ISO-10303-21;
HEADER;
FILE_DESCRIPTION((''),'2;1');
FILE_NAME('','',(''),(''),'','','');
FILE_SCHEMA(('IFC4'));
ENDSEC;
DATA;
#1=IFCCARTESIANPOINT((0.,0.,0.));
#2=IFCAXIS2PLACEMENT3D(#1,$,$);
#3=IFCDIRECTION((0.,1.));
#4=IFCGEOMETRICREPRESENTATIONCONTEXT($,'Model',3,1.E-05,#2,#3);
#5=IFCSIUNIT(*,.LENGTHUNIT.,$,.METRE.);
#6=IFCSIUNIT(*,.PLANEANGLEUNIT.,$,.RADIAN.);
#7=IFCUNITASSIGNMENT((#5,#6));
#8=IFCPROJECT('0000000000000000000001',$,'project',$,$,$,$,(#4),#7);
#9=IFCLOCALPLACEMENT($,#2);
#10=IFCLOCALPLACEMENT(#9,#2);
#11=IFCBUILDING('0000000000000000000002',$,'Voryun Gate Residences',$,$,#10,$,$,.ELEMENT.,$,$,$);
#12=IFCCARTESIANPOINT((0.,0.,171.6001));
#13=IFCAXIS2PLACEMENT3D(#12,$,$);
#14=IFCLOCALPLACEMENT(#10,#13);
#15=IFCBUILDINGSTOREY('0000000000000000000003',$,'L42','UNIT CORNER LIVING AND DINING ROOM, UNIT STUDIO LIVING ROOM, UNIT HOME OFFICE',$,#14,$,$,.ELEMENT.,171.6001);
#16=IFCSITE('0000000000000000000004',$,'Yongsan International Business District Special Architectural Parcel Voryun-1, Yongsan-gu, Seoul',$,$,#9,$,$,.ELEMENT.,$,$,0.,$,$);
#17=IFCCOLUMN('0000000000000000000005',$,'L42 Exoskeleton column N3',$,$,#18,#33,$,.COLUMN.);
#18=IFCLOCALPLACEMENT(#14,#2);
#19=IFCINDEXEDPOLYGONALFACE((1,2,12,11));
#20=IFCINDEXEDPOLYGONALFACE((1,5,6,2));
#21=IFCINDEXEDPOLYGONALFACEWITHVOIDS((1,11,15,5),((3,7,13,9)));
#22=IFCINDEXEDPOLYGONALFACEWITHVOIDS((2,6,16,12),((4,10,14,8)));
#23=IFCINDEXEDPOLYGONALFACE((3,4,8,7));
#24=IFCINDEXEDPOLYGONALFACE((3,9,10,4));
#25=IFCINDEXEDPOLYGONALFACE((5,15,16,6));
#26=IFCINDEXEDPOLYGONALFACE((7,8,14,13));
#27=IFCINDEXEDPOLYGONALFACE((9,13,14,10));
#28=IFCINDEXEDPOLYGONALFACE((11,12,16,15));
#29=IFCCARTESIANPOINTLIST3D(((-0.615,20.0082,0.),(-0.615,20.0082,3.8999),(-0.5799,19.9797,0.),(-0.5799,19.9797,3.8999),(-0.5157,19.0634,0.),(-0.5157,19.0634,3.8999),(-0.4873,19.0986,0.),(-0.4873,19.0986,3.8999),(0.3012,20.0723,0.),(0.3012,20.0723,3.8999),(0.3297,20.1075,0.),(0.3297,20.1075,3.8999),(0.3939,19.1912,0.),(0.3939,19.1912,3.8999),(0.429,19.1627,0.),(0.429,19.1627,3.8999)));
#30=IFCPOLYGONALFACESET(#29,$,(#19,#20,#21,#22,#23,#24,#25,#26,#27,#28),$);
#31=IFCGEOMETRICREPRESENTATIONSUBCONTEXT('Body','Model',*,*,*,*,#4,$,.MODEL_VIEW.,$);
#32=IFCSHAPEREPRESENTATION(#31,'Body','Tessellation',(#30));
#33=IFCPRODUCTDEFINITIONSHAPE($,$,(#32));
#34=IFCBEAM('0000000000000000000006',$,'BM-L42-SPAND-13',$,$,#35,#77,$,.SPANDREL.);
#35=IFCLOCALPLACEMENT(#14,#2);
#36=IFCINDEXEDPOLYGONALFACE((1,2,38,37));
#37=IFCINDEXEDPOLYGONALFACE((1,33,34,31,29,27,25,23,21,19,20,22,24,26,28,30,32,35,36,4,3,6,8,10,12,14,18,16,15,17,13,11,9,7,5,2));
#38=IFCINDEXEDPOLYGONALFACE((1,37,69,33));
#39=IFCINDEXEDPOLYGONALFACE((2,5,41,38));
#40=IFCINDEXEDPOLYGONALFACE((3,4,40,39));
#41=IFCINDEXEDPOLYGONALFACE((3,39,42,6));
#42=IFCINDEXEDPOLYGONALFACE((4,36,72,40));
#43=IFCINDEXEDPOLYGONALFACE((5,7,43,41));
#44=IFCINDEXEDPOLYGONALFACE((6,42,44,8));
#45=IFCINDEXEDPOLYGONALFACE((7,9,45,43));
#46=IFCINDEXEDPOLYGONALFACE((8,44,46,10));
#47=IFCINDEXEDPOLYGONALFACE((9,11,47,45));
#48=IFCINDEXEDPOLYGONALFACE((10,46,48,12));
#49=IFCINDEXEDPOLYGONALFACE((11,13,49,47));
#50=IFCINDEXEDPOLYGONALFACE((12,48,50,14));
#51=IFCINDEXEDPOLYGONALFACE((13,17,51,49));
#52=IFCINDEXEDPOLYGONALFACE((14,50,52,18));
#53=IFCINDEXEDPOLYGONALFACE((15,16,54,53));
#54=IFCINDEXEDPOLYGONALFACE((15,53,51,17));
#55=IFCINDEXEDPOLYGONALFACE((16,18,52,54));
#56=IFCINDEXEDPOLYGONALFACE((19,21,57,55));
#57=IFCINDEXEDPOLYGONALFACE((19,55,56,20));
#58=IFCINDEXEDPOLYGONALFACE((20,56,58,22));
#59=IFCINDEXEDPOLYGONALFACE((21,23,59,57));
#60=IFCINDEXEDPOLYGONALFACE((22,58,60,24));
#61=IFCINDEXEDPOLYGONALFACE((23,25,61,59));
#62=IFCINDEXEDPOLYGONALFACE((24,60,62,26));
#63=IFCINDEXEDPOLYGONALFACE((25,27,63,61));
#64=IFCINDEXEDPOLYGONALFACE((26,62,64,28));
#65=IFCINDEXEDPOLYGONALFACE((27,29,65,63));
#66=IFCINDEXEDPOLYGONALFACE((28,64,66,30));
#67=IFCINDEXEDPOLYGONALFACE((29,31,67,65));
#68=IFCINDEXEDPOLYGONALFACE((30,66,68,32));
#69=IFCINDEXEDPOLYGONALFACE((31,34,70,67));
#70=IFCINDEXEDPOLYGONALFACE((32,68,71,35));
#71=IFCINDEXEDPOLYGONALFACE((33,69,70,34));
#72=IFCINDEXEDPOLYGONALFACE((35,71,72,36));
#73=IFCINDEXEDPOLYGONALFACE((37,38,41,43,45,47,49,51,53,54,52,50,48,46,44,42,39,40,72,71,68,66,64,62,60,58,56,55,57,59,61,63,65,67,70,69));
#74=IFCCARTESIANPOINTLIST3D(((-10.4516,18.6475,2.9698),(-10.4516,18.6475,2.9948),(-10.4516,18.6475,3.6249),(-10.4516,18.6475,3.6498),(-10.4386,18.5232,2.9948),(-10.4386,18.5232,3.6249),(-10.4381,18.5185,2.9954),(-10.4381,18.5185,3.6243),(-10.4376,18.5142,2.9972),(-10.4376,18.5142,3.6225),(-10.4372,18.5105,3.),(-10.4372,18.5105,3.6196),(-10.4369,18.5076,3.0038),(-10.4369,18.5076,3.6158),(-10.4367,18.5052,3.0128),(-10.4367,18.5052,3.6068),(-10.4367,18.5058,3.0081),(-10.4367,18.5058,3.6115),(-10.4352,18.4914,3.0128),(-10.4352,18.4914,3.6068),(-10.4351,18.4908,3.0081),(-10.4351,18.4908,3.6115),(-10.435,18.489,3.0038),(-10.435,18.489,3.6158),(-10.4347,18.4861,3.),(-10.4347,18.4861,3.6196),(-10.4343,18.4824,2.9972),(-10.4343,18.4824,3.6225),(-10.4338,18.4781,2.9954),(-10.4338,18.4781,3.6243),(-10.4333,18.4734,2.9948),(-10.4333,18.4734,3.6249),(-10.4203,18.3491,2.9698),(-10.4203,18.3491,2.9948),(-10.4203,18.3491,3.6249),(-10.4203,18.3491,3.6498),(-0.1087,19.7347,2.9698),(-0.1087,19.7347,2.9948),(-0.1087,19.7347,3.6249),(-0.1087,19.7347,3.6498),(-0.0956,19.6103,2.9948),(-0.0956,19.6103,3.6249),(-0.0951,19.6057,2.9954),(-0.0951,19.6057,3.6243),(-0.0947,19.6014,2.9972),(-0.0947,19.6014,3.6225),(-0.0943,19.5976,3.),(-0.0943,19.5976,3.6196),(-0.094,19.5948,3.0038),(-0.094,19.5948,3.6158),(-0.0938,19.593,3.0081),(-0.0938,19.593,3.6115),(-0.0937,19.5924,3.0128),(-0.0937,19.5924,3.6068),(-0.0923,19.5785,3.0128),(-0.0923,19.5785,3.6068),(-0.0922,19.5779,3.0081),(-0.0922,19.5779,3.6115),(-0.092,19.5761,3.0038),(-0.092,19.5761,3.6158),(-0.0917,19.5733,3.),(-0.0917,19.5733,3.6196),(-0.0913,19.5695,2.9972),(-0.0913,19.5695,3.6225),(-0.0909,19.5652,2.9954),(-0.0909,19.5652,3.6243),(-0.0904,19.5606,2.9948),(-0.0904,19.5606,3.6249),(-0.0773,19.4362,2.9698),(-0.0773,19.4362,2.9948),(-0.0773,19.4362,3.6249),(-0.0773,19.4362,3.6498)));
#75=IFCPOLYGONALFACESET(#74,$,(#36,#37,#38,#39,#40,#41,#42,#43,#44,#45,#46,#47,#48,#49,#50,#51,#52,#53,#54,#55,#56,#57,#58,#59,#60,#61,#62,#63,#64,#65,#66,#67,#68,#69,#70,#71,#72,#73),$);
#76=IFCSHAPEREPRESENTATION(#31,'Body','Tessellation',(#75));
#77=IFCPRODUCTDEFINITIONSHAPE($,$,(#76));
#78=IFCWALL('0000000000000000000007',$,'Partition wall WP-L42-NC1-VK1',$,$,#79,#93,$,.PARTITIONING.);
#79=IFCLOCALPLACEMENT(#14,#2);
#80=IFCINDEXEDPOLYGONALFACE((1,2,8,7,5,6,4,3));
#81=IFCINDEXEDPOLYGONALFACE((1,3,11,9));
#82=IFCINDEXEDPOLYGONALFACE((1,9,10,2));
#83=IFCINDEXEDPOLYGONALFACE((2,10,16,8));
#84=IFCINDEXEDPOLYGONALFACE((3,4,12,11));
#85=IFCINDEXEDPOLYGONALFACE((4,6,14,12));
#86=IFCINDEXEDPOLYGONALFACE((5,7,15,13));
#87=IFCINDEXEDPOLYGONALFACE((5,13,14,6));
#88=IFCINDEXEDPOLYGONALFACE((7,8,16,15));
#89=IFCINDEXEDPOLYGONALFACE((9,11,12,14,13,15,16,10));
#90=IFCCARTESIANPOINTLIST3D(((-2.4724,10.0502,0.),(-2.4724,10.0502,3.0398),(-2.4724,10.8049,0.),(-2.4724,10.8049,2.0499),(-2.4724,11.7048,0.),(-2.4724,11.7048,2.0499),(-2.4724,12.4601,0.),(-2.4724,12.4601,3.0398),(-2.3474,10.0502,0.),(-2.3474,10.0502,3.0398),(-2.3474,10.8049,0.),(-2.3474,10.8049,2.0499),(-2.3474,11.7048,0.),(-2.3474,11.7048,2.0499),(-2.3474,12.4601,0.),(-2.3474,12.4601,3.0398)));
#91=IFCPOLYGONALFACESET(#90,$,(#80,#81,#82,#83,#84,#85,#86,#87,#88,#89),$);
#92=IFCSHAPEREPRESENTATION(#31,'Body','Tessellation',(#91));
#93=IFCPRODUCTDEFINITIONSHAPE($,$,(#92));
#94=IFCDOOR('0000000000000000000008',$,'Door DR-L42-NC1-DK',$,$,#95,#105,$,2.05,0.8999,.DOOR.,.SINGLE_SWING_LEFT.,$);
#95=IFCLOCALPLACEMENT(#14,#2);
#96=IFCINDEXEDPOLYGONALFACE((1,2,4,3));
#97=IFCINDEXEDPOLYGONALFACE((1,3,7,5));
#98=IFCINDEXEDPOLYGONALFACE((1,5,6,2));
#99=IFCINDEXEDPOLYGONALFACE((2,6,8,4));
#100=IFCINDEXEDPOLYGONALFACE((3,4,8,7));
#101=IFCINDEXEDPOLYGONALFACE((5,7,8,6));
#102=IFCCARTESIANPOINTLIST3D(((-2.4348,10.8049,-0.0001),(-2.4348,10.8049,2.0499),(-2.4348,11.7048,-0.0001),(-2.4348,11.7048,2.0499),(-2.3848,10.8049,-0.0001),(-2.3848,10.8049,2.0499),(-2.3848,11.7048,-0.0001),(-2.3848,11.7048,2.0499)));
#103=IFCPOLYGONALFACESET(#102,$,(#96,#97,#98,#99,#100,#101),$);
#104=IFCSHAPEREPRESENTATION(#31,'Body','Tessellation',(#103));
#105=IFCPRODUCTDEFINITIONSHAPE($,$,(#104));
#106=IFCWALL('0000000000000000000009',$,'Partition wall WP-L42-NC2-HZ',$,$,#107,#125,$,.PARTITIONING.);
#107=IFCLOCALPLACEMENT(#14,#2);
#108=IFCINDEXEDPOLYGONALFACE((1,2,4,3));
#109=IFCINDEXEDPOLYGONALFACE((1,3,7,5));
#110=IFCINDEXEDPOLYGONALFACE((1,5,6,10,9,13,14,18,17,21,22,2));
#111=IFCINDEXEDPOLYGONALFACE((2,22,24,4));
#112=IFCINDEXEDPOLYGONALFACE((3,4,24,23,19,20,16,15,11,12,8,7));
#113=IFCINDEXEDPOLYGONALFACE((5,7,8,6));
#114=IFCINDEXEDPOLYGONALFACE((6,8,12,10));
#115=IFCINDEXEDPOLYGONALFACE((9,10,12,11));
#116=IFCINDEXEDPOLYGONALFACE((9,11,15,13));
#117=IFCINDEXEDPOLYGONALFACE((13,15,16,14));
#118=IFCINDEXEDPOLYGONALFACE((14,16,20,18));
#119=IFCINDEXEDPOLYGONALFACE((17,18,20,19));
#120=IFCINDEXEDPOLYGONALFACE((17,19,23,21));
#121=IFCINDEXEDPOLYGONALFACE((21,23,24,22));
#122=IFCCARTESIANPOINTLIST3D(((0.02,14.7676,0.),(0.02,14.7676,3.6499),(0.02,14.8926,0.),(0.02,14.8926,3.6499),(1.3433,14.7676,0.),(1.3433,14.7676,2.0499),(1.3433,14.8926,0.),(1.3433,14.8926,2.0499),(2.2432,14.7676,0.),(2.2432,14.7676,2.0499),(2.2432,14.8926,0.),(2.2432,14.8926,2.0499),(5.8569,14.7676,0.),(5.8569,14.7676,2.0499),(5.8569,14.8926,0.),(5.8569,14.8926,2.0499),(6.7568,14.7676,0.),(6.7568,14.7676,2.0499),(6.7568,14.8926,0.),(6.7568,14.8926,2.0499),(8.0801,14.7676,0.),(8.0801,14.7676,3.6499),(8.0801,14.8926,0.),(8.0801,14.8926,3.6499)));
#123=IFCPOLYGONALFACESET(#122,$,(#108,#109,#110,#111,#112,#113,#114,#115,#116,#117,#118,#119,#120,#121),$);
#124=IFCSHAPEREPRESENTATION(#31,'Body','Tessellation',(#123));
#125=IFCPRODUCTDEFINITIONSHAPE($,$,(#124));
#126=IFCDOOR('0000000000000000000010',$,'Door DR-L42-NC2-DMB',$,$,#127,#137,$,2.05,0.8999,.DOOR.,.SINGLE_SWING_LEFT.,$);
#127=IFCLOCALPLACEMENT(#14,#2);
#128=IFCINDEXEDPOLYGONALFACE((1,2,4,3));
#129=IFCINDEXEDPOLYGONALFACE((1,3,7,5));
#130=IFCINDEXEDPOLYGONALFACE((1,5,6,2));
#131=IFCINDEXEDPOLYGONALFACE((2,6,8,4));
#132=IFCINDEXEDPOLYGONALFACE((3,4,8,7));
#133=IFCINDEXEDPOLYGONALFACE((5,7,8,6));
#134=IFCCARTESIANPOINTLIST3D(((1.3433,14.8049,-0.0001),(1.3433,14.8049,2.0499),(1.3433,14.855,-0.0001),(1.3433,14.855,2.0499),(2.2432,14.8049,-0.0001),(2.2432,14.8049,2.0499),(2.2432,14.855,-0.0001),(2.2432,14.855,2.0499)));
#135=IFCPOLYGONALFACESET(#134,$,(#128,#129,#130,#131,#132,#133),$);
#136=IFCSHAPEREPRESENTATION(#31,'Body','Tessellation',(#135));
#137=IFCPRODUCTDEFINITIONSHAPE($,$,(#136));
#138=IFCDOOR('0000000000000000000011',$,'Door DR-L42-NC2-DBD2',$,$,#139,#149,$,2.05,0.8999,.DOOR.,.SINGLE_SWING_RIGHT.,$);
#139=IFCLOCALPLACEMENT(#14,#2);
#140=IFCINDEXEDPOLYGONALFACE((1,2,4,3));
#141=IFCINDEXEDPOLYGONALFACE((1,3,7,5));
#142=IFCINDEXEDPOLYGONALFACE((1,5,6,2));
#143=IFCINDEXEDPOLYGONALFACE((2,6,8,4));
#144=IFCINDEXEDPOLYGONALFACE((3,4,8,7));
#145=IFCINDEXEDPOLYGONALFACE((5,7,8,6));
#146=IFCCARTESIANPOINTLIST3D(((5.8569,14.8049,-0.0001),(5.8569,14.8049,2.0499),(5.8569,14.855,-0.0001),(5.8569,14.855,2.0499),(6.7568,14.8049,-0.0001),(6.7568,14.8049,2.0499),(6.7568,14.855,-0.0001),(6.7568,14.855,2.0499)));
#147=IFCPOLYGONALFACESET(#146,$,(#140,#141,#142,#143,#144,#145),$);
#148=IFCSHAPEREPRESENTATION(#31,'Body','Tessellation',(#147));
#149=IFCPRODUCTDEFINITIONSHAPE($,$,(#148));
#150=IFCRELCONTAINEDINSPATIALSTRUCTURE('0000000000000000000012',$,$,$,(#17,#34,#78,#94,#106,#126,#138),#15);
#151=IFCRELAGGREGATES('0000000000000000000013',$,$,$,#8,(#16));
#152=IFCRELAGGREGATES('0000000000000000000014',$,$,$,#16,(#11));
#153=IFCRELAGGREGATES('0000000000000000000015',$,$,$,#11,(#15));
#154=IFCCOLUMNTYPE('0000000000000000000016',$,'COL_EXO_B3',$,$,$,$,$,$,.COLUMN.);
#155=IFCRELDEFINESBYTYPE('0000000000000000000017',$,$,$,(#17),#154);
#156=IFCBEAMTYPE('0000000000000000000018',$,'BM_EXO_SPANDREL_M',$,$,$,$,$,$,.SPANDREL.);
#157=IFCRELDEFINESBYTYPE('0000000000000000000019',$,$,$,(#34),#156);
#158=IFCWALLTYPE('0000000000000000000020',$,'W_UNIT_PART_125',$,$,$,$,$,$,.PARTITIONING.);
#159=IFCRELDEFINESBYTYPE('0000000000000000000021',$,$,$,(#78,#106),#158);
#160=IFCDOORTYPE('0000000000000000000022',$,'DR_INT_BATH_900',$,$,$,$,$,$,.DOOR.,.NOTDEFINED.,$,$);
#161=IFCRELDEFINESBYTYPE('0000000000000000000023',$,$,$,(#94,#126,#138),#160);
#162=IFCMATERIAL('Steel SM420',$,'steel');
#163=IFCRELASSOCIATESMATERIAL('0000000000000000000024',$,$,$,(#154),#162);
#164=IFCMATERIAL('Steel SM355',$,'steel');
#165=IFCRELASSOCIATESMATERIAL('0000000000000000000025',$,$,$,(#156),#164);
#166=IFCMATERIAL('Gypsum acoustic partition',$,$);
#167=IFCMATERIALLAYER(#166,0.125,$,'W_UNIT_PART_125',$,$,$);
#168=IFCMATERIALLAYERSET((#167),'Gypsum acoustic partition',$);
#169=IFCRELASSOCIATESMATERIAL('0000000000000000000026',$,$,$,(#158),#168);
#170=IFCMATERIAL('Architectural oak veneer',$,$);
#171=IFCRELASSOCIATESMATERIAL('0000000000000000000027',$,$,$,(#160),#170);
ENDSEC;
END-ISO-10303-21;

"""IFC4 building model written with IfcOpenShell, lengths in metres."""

from ifc_helpers import new_model, si_unit, direction, frame, frame_2d, origin, origin_2d, place, context, subcontext, project, spatial, rectangle, hollow_rectangle, i_section, extrude, material, layer, layer_set, material_profile, profile_set, type_object, element, fill, save


model = new_model("IFC4")

# Units and contexts
model_context = context("Model", 3, precision=1e-05, world=origin(), true_north=direction((0.0, 1.0)))
body_context = subcontext(model_context, "Body", "Model", "MODEL_VIEW")
ifc_project = project(units=[si_unit("LENGTHUNIT", "METRE"), si_unit("PLANEANGLEUNIT", "RADIAN")], contexts=[model_context])

# Site, building, storey
site_placement = place(None, origin())
site = spatial("IfcSite", under=ifc_project, at=site_placement, Name="Yongsan International Business District Special Architectural Parcel Voryun-1, Yongsan-gu, Seoul", CompositionType="ELEMENT", RefElevation=0.0)
building_placement = place(site_placement, origin())
building = spatial("IfcBuilding", under=site, at=building_placement, Name="Voryun Gate Residences", CompositionType="ELEMENT")
storey_placement = place(building_placement, frame((0.0, 0.0, 171.6001)))
storey = spatial("IfcBuildingStorey", under=building, at=storey_placement, Name="L42", Description="UNIT CORNER LIVING AND DINING ROOM, UNIT STUDIO LIVING ROOM, UNIT HOME OFFICE", CompositionType="ELEMENT", Elevation=171.6001)

# Column
ifc_material_1 = material(Name="Steel SM420", Category="steel")
ifc_material_profile_1 = material_profile(ifc_material_1, hollow_rectangle(XDim=0.95, YDim=0.95, WallThickness=0.032, at=origin_2d()), Name="BOX-950x950x32")
ifc_profile_set_1 = profile_set([ifc_material_profile_1], Name="Steel SM420")
column_type = type_object("IfcColumnType", Name="COL_EXO_B3", PredefinedType="COLUMN", material=ifc_profile_set_1)
column_placement = place(storey_placement, frame((-0.093, 19.5854, 0.0), z_axis=(0.0, 0.0, 1.0), x_axis=(0.994522, 0.104528, 0.0)))
element("IfcColumn", 1, at=column_placement, inside=storey, type_object=column_type, Name="L42 Exoskeleton column N3", PredefinedType="COLUMN", context=body_context, shape_type="SweptSolid", body=[
    extrude(hollow_rectangle(XDim=0.95, YDim=0.95, WallThickness=0.032, at=origin_2d()), origin(), (0.0, 0.0, 1.0), 3.8999),
])

# Beam
ifc_material_2 = material(Name="Steel SM355", Category="steel")
ifc_material_profile_2 = material_profile(ifc_material_2, i_section(OverallWidth=0.3, OverallDepth=0.6799, WebThickness=0.0139, FlangeThickness=0.0249, FilletRadius=0.0181, at=origin_2d()), Name="H-680x300x14x25")
ifc_profile_set_2 = profile_set([ifc_material_profile_2], Name="Steel SM355")
beam_type = type_object("IfcBeamType", Name="BM_EXO_SPANDREL_M", PredefinedType="SPANDREL", material=ifc_profile_set_2)
beam_placement = place(storey_placement, frame((-0.093, 19.5854, 3.3098), z_axis=(-0.994521, -0.104534, 0.0), x_axis=(0.104534, -0.994521, 0.0)))
element("IfcBeam", 2, at=beam_placement, inside=storey, type_object=beam_type, Name="BM-L42-SPAND-13", PredefinedType="SPANDREL", context=body_context, shape_type="SweptSolid", body=[
    extrude(i_section(OverallWidth=0.3, OverallDepth=0.6799, WebThickness=0.0139, FlangeThickness=0.0249, FilletRadius=0.0181, at=origin_2d()), origin(), (0.0, 0.0, 1.0), 10.3999),
])

# Wall, opening, door
ifc_material_3 = material(Name="Gypsum acoustic partition")
ifc_layer_1 = layer(ifc_material_3, 0.125, Name="W_UNIT_PART_125")
ifc_layer_set_1 = layer_set([ifc_layer_1], Name="Gypsum acoustic partition")
wall_type_1 = type_object("IfcWallType", Name="W_UNIT_PART_125", PredefinedType="PARTITIONING", material=ifc_layer_set_1)
wall_1_placement = place(storey_placement, frame((-2.4099, 10.05, 0.0), z_axis=(0.0, 0.0, 1.0), x_axis=(0.0, 1.0, 0.0)))
wall_1 = element("IfcWall", 3, at=wall_1_placement, inside=storey, type_object=wall_type_1, Name="Partition wall WP-L42-NC1-VK1", PredefinedType="PARTITIONING", context=body_context, shape_type="SweptSolid", body=[
    extrude(rectangle(XDim=2.4099, YDim=0.125, at=frame_2d((1.2051, 0.0))), origin(), (0.0, 0.0, 1.0), 3.0398),
])
opening_1_placement = place(wall_1_placement, frame((0.7549, 0.0, 0.0)))
opening_1 = element("IfcOpeningElement", 4, at=opening_1_placement, cuts=wall_1, PredefinedType="OPENING", context=body_context, shape_type="SweptSolid", body=[
    extrude(rectangle(XDim=0.8999, YDim=2.05, at=frame_2d((0.45, 1.0249))), frame((0.0, 0.0725, 0.0), z_axis=(0.0, -1.0, 0.0), x_axis=(1.0, 0.0, 0.0)), (0.0, 0.0, 1.0), 0.145),
])
ifc_material_4 = material(Name="Architectural oak veneer")
door_type = type_object("IfcDoorType", Name="DR_INT_BATH_900", OperationType="NOTDEFINED", PredefinedType="DOOR", material=ifc_material_4)
door_1_placement = place(opening_1_placement, origin())
door_1 = element("IfcDoor", 5, at=door_1_placement, inside=storey, type_object=door_type, Name="Door DR-L42-NC1-DK", OperationType="SINGLE_SWING_LEFT", OverallHeight=2.05, OverallWidth=0.8999, PredefinedType="DOOR", context=body_context, shape_type="SweptSolid", body=[
    extrude(rectangle(XDim=0.8999, YDim=2.05, at=frame_2d((0.45, 1.0249))), frame((0.0, 0.0249, 0.0), z_axis=(0.0, -1.0, 0.0), x_axis=(1.0, 0.0, 0.0)), (0.0, 0.0, 1.0), 0.05),
])
fill(opening_1, door_1)

# Wall, openings, doors
wall_2_placement = place(storey_placement, frame((0.02, 14.8301, 0.0), z_axis=(0.0, 0.0, 1.0), x_axis=(1.0, 0.0, 0.0)))
wall_2 = element("IfcWall", 6, at=wall_2_placement, inside=storey, type_object=wall_type_1, Name="Partition wall WP-L42-NC2-HZ", PredefinedType="PARTITIONING", context=body_context, shape_type="SweptSolid", body=[
    extrude(rectangle(XDim=8.0601, YDim=0.125, at=frame_2d((4.03, 0.0))), origin(), (0.0, 0.0, 1.0), 3.6499),
])
opening_2_placement = place(wall_2_placement, frame((1.3232, 0.0, 0.0)))
opening_2 = element("IfcOpeningElement", 7, at=opening_2_placement, cuts=wall_2, PredefinedType="OPENING", context=body_context, shape_type="SweptSolid", body=[
    extrude(rectangle(XDim=0.8999, YDim=2.05, at=frame_2d((0.45, 1.0249))), frame((0.0, 0.0725, 0.0), z_axis=(0.0, -1.0, 0.0), x_axis=(1.0, 0.0, 0.0)), (0.0, 0.0, 1.0), 0.145),
])
opening_3_placement = place(wall_2_placement, frame((5.8369, 0.0, 0.0)))
opening_3 = element("IfcOpeningElement", 8, at=opening_3_placement, cuts=wall_2, PredefinedType="OPENING", context=body_context, shape_type="SweptSolid", body=[
    extrude(rectangle(XDim=0.8999, YDim=2.05, at=frame_2d((0.45, 1.0249))), frame((0.0, 0.0725, 0.0), z_axis=(0.0, -1.0, 0.0), x_axis=(1.0, 0.0, 0.0)), (0.0, 0.0, 1.0), 0.145),
])
door_2_placement = place(opening_2_placement, origin())
door_2 = element("IfcDoor", 9, at=door_2_placement, inside=storey, type_object=door_type, Name="Door DR-L42-NC2-DMB", OperationType="SINGLE_SWING_LEFT", OverallHeight=2.05, OverallWidth=0.8999, PredefinedType="DOOR", context=body_context, shape_type="SweptSolid", body=[
    extrude(rectangle(XDim=0.8999, YDim=2.05, at=frame_2d((0.45, 1.0249))), frame((0.0, 0.0249, 0.0), z_axis=(0.0, -1.0, 0.0), x_axis=(1.0, 0.0, 0.0)), (0.0, 0.0, 1.0), 0.05),
])
fill(opening_2, door_2)
door_3_placement = place(opening_3_placement, origin())
door_3 = element("IfcDoor", 10, at=door_3_placement, inside=storey, type_object=door_type, Name="Door DR-L42-NC2-DBD2", OperationType="SINGLE_SWING_RIGHT", OverallHeight=2.05, OverallWidth=0.8999, PredefinedType="DOOR", context=body_context, shape_type="SweptSolid", body=[
    extrude(rectangle(XDim=0.8999, YDim=2.05, at=frame_2d((0.45, 1.0249))), frame((0.0, 0.0249, 0.0), z_axis=(0.0, -1.0, 0.0), x_axis=(1.0, 0.0, 0.0)), (0.0, 0.0, 1.0), 0.05),
])
fill(opening_3, door_3)

save(model, "model.ifc")
